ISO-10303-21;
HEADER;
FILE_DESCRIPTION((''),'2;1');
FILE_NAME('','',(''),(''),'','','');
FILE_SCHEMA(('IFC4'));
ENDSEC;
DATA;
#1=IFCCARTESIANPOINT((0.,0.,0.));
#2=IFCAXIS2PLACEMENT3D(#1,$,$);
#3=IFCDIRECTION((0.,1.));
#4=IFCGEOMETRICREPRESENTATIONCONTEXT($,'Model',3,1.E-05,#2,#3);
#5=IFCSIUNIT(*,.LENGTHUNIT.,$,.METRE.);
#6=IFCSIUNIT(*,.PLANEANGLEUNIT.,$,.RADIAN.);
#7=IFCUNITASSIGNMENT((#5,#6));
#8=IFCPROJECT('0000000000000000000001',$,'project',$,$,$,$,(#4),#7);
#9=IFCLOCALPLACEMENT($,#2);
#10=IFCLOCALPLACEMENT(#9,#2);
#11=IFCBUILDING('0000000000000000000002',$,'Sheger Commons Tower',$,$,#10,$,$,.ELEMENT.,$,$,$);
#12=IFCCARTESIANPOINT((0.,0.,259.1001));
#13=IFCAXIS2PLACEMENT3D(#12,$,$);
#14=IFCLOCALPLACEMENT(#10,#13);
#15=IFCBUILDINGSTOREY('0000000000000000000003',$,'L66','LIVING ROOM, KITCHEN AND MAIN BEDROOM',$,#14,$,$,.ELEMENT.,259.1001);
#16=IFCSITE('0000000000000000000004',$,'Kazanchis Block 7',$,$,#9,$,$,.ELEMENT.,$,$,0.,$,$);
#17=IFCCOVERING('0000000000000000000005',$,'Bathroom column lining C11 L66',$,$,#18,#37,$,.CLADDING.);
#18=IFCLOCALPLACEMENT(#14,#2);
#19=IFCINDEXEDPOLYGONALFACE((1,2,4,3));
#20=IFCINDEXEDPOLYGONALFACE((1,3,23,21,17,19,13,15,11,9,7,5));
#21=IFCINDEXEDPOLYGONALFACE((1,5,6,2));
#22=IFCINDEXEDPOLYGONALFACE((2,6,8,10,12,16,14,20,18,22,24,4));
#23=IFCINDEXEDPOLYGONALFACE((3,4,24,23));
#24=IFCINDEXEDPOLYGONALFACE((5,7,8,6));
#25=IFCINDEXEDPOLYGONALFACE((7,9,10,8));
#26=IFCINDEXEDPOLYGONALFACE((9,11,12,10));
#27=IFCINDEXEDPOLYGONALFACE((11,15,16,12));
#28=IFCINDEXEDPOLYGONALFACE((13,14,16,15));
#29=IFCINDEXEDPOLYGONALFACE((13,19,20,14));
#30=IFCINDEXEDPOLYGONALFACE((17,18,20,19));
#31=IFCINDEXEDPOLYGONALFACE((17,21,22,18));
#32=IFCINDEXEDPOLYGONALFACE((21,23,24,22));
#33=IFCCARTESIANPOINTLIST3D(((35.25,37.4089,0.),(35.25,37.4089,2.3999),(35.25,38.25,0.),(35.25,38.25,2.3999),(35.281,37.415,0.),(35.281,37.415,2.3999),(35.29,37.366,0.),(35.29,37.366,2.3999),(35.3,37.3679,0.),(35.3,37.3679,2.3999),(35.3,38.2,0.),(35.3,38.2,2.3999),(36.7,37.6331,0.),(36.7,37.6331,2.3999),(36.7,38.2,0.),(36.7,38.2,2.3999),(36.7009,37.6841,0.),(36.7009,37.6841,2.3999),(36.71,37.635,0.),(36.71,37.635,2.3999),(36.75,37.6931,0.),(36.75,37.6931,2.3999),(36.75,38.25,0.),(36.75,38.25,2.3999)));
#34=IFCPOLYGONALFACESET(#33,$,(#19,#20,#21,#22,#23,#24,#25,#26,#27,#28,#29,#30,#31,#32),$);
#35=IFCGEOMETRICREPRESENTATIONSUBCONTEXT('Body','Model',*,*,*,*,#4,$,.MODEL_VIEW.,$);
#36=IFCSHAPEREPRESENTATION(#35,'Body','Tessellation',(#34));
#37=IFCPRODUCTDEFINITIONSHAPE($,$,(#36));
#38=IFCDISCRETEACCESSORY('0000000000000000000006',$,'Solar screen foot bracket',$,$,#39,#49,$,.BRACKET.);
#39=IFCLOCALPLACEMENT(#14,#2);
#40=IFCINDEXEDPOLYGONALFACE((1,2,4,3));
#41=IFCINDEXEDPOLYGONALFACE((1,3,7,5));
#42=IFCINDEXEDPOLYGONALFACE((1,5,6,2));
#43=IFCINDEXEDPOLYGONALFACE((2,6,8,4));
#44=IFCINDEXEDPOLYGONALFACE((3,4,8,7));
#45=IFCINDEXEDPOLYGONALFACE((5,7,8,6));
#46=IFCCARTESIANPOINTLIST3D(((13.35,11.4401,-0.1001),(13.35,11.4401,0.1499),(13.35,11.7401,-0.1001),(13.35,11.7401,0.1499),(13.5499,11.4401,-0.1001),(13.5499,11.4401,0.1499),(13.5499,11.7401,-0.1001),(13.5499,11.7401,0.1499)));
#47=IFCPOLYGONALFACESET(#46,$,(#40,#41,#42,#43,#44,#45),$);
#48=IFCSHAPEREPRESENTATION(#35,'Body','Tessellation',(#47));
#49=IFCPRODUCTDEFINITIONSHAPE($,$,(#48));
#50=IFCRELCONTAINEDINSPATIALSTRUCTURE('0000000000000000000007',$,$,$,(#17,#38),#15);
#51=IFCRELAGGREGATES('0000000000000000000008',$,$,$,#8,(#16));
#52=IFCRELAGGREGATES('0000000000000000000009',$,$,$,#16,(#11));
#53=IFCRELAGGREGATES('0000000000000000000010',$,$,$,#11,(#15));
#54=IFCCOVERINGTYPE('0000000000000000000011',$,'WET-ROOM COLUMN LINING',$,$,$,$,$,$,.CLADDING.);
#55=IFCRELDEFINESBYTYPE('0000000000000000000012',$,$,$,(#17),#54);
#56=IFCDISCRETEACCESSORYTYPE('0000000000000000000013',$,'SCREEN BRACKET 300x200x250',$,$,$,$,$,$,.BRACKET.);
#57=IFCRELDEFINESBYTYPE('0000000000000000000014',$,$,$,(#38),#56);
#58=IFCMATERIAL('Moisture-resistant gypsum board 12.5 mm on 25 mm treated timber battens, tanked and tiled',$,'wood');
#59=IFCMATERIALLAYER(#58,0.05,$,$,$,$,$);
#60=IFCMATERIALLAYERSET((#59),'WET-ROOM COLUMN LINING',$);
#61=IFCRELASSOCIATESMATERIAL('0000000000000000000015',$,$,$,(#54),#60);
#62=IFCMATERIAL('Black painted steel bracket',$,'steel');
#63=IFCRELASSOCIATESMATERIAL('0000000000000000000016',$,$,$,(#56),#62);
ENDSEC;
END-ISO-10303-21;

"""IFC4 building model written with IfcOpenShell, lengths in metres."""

from ifc_helpers import new_model, si_unit, direction, frame, origin, origin_2d, place, context, subcontext, project, spatial, polyline, rectangle, outline, extrude, material, layer, layer_set, type_object, element, save


model = new_model("IFC4")

# Units and contexts
model_context = context("Model", 3, precision=1e-05, world=origin(), true_north=direction((0.0, 1.0)))
body_context = subcontext(model_context, "Body", "Model", "MODEL_VIEW")
ifc_project = project(units=[si_unit("LENGTHUNIT", "METRE"), si_unit("PLANEANGLEUNIT", "RADIAN")], contexts=[model_context])

# Site, building, storey
site_placement = place(None, origin())
site = spatial("IfcSite", under=ifc_project, at=site_placement, Name="Kazanchis Block 7", CompositionType="ELEMENT", RefElevation=0.0)
building_placement = place(site_placement, origin())
building = spatial("IfcBuilding", under=site, at=building_placement, Name="Sheger Commons Tower", CompositionType="ELEMENT")
storey_placement = place(building_placement, frame((0.0, 0.0, 259.1001)))
storey = spatial("IfcBuildingStorey", under=building, at=storey_placement, Name="L66", Description="LIVING ROOM, KITCHEN AND MAIN BEDROOM", CompositionType="ELEMENT", Elevation=259.1001)

# Covering
ifc_material_1 = material(Name="Moisture-resistant gypsum board 12.5 mm on 25 mm treated timber battens, tanked and tiled", Category="wood")
ifc_layer_1 = layer(ifc_material_1, 0.05)
ifc_layer_set_1 = layer_set([ifc_layer_1], Name="WET-ROOM COLUMN LINING")
covering_type_1 = type_object("IfcCoveringType", Name="WET-ROOM COLUMN LINING", PredefinedType="CLADDING", material=ifc_layer_set_1)
covering_1_placement = place(storey_placement, origin())
element("IfcCovering", 1, at=covering_1_placement, inside=storey, type_object=covering_type_1, Name="Bathroom column lining C11 L66", PredefinedType="CLADDING", context=body_context, shape_type="SweptSolid", body=[
    extrude(outline(polyline([(36.75, 38.25), (36.75, 37.6931), (36.7009, 37.6841), (36.71, 37.635), (36.7, 37.6331), (36.7, 38.2), (35.3, 38.2), (35.3, 37.3679), (35.29, 37.366), (35.281, 37.415), (35.25, 37.4089), (35.25, 38.25), (36.75, 38.25)])), origin(), (0.0, 0.0, 1.0), 2.3999),
])

# Discrete accessory
ifc_material_2 = material(Name="Black painted steel bracket", Category="steel")
discrete_accessory_type = type_object("IfcDiscreteAccessoryType", Name="SCREEN BRACKET 300x200x250", PredefinedType="BRACKET", material=ifc_material_2)
discrete_accessory_placement = place(storey_placement, frame((13.45, 11.5901, -0.1001), z_axis=(0.0, 0.0, 1.0), x_axis=(0.0, -1.0, 0.0)))
element("IfcDiscreteAccessory", 2, at=discrete_accessory_placement, inside=storey, type_object=discrete_accessory_type, Name="Solar screen foot bracket", PredefinedType="BRACKET", context=body_context, shape_type="SweptSolid", body=[
    extrude(rectangle(XDim=0.3, YDim=0.2, at=origin_2d()), origin(), (0.0, 0.0, 1.0), 0.25),
])

save(model, "model.ifc")
